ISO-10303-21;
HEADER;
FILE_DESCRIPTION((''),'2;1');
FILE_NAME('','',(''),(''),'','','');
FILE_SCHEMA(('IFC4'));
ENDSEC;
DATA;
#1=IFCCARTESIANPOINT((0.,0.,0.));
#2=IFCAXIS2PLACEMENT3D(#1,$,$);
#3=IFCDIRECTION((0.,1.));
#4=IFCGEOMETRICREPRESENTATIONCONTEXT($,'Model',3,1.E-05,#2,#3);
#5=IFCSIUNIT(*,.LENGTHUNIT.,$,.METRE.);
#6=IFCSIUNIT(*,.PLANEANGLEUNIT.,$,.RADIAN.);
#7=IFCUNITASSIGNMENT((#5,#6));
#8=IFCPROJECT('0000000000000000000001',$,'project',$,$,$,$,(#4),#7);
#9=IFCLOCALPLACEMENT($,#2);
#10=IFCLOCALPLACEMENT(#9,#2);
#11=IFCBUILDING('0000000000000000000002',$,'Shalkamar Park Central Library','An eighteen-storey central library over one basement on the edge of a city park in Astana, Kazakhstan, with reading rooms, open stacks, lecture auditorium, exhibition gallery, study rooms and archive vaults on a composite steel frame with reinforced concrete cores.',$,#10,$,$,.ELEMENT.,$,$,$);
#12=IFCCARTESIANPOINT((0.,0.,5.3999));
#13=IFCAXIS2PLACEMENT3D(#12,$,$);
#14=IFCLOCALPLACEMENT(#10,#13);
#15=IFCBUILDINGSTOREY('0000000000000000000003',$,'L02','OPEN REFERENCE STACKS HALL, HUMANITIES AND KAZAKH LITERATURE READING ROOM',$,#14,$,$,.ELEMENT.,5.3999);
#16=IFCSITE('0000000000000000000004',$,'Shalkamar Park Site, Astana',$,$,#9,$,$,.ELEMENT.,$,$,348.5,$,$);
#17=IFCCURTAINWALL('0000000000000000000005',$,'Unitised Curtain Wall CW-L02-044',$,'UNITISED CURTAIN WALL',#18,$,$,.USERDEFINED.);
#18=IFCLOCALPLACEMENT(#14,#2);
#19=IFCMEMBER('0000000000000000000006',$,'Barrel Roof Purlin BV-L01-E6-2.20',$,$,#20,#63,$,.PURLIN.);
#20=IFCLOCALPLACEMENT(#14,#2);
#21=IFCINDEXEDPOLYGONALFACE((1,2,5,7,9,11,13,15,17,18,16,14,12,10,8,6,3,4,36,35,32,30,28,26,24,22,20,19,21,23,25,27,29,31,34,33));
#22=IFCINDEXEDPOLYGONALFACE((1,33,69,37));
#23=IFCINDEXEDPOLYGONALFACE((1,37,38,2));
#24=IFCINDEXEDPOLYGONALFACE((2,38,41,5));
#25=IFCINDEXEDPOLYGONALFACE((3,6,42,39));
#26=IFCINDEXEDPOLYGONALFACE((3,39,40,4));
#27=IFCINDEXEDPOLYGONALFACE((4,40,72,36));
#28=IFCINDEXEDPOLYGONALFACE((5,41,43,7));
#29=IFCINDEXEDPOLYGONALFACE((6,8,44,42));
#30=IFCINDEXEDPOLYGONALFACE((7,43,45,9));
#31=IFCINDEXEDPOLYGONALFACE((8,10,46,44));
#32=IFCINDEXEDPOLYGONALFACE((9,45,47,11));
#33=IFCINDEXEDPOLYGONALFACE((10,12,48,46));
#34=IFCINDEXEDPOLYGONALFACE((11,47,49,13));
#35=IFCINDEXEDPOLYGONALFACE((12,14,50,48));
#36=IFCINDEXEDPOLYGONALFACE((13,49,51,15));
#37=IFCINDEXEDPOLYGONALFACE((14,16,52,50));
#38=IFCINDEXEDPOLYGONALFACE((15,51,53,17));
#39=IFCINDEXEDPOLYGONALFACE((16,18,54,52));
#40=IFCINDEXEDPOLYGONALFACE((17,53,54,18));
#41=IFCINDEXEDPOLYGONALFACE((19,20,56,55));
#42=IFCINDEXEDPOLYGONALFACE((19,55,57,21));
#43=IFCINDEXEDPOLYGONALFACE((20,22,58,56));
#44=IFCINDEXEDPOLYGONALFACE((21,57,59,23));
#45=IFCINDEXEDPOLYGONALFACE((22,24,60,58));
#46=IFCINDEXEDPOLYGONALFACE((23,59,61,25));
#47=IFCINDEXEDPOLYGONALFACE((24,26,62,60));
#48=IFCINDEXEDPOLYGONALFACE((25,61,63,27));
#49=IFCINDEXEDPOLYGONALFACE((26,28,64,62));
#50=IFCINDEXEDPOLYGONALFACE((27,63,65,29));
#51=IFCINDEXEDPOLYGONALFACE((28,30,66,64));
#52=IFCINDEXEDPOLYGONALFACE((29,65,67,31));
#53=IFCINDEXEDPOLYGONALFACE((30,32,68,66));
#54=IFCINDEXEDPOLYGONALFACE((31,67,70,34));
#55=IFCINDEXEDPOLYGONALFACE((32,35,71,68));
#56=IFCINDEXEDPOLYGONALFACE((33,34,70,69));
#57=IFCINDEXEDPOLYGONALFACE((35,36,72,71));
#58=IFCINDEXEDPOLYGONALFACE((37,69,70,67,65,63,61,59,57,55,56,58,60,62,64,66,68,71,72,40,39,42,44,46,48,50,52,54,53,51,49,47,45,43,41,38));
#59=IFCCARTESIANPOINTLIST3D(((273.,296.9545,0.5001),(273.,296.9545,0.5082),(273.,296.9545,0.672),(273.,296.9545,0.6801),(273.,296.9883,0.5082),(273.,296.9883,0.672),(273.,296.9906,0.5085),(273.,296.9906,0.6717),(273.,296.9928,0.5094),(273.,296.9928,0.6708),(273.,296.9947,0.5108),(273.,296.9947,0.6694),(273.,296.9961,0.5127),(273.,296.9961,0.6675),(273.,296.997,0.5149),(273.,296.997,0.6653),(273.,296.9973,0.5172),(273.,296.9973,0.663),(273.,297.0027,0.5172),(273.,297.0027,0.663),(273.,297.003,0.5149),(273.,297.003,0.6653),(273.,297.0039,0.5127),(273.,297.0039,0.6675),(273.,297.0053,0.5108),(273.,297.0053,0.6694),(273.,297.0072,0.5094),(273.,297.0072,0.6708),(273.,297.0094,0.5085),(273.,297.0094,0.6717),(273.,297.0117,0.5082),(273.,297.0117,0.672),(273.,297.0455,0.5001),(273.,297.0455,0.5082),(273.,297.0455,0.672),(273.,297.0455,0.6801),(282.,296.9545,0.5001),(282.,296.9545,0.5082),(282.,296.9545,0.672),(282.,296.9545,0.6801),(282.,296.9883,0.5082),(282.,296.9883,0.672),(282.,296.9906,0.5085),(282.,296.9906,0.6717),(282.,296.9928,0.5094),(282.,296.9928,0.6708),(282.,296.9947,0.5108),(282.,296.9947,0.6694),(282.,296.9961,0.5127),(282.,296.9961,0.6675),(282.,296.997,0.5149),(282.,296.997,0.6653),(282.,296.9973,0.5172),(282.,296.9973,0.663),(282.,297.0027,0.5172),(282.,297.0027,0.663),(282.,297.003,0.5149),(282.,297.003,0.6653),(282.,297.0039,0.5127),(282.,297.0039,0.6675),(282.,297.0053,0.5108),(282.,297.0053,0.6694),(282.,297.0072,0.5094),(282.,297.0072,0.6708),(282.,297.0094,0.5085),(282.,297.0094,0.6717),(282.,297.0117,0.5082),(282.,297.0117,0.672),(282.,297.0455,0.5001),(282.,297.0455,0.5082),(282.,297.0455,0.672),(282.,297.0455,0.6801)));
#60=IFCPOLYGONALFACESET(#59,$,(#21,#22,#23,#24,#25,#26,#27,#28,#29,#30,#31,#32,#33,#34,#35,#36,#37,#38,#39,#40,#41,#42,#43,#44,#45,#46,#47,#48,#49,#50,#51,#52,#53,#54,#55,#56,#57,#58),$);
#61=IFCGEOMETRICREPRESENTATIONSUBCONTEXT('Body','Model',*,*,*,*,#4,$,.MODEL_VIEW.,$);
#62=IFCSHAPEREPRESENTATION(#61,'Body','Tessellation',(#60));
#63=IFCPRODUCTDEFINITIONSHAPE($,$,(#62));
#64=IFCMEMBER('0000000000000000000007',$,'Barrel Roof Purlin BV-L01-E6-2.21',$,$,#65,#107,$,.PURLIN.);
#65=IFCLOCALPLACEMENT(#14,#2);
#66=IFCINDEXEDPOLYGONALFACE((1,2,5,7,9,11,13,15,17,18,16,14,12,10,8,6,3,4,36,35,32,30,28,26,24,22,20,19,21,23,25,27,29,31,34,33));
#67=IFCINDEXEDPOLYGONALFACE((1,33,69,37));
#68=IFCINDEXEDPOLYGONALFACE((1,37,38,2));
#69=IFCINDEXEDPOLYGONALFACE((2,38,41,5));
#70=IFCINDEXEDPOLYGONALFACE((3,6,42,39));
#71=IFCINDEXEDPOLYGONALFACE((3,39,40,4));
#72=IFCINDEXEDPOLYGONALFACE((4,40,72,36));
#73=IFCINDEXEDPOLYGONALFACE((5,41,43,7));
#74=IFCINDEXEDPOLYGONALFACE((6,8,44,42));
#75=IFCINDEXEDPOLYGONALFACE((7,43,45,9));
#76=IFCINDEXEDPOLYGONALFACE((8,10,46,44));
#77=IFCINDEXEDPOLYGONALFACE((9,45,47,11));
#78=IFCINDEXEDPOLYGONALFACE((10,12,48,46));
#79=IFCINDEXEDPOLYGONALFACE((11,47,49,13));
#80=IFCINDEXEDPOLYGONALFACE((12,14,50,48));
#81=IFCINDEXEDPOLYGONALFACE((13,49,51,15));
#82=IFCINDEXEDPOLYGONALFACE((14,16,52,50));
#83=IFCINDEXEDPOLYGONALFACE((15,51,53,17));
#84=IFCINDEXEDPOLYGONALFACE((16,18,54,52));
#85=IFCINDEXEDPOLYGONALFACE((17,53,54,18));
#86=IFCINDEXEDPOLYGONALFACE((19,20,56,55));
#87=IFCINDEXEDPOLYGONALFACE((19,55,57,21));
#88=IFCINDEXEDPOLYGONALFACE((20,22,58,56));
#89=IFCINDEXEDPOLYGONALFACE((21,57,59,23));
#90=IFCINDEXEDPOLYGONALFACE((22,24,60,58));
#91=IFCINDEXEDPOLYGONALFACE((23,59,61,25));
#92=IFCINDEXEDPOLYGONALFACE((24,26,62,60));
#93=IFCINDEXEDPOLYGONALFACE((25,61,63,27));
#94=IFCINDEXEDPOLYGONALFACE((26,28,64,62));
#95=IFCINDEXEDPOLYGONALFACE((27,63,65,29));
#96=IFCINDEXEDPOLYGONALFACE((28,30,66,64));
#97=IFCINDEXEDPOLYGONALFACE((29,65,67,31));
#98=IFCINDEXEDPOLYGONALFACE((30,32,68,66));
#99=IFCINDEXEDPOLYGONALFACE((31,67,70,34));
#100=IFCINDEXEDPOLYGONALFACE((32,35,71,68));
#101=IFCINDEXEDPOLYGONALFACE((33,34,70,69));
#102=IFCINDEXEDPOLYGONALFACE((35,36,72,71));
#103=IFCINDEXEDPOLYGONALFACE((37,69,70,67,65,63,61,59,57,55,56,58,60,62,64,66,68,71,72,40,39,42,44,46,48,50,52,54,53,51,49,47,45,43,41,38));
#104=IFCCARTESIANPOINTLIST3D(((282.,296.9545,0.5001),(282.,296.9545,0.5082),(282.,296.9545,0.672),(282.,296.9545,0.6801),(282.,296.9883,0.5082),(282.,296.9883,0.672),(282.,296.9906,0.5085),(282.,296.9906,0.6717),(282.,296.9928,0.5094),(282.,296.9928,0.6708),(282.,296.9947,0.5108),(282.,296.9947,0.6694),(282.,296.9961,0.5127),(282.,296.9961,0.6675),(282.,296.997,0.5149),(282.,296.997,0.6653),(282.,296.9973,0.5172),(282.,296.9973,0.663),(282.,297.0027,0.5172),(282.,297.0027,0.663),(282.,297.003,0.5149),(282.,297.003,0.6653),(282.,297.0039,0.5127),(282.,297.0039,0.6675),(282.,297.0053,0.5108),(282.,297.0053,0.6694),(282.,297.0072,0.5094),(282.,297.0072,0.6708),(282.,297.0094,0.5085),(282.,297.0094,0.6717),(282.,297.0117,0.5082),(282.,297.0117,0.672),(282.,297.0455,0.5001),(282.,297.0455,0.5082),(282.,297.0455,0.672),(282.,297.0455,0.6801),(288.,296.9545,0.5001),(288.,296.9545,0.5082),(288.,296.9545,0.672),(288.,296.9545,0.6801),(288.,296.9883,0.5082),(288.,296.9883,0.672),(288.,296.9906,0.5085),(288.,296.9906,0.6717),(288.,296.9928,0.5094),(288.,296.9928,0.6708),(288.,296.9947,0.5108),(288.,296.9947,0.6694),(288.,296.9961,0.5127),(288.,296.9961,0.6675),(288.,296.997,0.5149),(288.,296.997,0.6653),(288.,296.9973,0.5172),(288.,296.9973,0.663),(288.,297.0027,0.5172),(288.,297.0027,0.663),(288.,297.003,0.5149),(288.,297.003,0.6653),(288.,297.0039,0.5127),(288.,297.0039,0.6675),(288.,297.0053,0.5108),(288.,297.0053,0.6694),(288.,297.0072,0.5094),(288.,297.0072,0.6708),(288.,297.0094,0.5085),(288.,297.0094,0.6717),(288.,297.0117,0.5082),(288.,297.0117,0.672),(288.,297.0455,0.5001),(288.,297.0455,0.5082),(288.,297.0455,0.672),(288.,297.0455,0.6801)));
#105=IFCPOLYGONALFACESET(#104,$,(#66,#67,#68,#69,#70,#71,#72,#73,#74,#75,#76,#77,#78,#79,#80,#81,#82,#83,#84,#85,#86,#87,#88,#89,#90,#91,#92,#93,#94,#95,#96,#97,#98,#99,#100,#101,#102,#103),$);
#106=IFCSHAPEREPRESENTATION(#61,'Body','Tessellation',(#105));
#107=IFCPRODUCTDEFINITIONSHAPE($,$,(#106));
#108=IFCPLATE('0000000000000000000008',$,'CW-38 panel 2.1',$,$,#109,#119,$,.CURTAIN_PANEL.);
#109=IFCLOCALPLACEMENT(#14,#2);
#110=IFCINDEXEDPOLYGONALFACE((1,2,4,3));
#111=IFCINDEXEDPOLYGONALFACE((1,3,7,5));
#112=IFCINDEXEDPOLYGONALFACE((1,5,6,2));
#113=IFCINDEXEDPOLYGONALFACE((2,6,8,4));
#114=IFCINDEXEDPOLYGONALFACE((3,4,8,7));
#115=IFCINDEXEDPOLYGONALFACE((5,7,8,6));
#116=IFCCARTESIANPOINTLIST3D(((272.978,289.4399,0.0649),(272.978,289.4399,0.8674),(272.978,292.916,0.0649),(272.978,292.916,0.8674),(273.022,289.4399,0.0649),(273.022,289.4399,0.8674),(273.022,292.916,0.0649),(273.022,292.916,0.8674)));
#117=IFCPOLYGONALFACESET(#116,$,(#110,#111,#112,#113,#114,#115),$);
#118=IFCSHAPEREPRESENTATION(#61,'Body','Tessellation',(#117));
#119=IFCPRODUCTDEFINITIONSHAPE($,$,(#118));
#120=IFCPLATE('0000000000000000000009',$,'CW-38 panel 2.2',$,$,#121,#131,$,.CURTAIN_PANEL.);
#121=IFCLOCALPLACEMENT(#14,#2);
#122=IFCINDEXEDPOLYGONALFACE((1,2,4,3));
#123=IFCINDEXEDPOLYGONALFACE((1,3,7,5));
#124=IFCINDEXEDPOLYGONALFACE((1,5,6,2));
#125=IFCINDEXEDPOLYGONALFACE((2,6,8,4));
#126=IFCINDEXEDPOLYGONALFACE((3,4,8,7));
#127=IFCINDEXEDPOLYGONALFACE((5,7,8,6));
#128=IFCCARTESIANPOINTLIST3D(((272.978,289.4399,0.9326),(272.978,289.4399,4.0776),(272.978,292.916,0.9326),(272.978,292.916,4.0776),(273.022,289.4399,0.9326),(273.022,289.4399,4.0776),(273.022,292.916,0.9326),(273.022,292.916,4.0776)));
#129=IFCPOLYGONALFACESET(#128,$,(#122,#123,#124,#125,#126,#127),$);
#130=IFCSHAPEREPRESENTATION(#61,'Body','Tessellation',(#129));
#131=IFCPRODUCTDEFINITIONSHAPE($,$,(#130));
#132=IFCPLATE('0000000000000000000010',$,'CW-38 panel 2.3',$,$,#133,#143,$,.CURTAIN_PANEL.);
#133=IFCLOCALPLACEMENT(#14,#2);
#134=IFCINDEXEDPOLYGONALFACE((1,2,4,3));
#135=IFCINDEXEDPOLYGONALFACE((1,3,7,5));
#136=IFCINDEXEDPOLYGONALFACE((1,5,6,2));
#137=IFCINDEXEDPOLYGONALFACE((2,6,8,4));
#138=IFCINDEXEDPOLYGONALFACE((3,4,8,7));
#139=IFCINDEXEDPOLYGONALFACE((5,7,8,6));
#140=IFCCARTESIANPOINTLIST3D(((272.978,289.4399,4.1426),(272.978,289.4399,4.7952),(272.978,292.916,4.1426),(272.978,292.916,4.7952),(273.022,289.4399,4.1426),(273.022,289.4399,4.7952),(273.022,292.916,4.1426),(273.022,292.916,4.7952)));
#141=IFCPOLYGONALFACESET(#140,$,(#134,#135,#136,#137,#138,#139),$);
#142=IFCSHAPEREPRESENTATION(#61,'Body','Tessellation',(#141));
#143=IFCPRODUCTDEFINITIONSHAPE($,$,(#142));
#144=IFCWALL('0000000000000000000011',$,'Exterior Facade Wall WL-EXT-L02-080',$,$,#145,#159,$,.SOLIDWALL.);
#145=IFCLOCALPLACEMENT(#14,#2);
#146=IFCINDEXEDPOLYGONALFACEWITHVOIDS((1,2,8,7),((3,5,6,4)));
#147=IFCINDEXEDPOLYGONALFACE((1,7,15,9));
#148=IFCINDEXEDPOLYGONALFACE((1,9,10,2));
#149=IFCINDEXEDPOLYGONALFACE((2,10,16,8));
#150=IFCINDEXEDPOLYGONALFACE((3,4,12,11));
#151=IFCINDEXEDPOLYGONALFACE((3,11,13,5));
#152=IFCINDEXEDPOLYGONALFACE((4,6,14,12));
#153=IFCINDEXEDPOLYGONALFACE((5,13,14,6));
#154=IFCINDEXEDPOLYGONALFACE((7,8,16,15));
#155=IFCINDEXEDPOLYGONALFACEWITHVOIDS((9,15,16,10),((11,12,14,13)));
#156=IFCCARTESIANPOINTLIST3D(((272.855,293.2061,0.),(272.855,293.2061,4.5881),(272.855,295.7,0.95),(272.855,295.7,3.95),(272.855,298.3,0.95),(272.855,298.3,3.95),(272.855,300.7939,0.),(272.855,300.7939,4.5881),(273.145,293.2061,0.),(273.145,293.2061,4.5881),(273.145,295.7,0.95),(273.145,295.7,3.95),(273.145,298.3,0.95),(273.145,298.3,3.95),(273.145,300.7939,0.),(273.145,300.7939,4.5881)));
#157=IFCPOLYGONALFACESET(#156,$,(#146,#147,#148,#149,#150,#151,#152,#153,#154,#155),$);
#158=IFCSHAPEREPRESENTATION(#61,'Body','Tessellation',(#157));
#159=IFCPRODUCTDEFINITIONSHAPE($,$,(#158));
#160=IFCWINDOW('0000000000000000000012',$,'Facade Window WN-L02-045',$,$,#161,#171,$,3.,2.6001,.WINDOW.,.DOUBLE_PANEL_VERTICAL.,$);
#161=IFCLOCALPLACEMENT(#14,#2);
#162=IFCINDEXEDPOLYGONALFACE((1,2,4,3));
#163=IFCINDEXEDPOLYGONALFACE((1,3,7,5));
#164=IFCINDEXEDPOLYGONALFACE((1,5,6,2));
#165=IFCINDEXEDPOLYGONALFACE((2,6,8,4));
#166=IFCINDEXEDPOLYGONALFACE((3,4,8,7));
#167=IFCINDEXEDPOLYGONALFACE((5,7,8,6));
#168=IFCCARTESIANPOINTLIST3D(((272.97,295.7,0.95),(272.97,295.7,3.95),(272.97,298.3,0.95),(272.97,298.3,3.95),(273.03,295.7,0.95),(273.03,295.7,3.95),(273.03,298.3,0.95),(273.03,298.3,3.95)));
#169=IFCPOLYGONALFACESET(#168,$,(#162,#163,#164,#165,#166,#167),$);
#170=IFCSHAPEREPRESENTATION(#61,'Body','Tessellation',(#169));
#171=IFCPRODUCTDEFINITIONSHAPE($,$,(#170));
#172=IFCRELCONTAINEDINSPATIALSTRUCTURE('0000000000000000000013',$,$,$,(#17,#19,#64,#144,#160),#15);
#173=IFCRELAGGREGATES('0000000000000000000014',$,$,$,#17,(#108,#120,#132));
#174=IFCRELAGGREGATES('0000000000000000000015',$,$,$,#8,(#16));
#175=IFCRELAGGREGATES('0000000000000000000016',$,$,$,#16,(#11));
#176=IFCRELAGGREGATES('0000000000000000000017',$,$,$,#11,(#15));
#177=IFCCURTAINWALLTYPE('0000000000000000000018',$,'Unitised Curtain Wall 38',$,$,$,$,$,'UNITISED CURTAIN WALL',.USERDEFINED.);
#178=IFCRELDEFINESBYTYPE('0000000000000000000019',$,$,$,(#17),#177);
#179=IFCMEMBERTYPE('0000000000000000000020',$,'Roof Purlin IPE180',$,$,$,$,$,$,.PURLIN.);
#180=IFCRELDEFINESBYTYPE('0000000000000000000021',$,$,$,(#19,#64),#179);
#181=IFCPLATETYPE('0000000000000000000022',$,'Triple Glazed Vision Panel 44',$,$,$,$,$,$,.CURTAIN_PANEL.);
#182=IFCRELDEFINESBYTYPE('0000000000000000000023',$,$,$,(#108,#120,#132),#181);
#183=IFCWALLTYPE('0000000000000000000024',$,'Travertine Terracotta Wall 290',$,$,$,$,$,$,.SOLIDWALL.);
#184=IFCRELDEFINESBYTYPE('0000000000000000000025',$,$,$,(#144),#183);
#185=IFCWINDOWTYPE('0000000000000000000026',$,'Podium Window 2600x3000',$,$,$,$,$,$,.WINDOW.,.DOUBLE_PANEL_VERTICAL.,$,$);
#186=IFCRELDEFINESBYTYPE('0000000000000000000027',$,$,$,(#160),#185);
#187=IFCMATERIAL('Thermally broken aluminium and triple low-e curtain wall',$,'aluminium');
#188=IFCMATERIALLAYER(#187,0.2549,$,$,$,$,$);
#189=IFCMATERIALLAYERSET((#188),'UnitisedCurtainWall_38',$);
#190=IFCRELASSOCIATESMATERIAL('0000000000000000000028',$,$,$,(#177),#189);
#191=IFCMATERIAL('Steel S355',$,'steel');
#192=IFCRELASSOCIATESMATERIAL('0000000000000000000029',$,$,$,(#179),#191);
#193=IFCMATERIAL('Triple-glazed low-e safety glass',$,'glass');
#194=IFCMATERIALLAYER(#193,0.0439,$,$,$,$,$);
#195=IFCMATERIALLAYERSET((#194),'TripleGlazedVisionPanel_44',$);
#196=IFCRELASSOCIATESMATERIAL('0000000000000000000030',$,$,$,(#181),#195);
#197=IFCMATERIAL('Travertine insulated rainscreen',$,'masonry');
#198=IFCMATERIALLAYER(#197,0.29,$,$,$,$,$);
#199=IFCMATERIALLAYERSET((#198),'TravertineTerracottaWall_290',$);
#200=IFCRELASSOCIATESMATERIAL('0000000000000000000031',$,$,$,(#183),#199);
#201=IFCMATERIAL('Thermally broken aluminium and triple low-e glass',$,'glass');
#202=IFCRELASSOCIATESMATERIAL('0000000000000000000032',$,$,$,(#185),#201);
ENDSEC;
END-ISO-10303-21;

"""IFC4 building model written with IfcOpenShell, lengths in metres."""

from ifc_helpers import new_model, si_unit, direction, frame, frame_2d, origin, origin_2d, place, context, subcontext, project, spatial, rectangle, i_section, extrude, material, layer, layer_set, material_profile, profile_set, type_object, element, fill, aggregate, save


model = new_model("IFC4")

# Units and contexts
model_context = context("Model", 3, precision=1e-05, world=origin(), true_north=direction((0.0, 1.0)))
body_context = subcontext(model_context, "Body", "Model", "MODEL_VIEW")
ifc_project = project(units=[si_unit("LENGTHUNIT", "METRE"), si_unit("PLANEANGLEUNIT", "RADIAN")], contexts=[model_context])

# Site, building, storey
site_placement = place(None, origin())
site = spatial("IfcSite", under=ifc_project, at=site_placement, Name="Shalkamar Park Site, Astana", CompositionType="ELEMENT", RefElevation=348.5)
building_placement = place(site_placement, origin())
building = spatial("IfcBuilding", under=site, at=building_placement, Name="Shalkamar Park Central Library", Description="An eighteen-storey central library over one basement on the edge of a city park in Astana, Kazakhstan, with reading rooms, open stacks, lecture auditorium, exhibition gallery, study rooms and archive vaults on a composite steel frame with reinforced concrete cores.", CompositionType="ELEMENT")
storey_placement = place(building_placement, frame((0.0, 0.0, 5.3999)))
storey = spatial("IfcBuildingStorey", under=building, at=storey_placement, Name="L02", Description="OPEN REFERENCE STACKS HALL, HUMANITIES AND KAZAKH LITERATURE READING ROOM", CompositionType="ELEMENT", Elevation=5.3999)

# Shared definitions
ifc_material_1 = material(Name="Steel S355", Category="steel")

# Curtain wall
ifc_material_2 = material(Name="Thermally broken aluminium and triple low-e curtain wall", Category="aluminium")
ifc_layer_1 = layer(ifc_material_2, 0.2549)
ifc_layer_set_1 = layer_set([ifc_layer_1], Name="UnitisedCurtainWall_38")
curtain_wall_type = type_object("IfcCurtainWallType", Name="Unitised Curtain Wall 38", ElementType="UNITISED CURTAIN WALL", PredefinedType="USERDEFINED", material=ifc_layer_set_1)
curtain_wall_placement = place(storey_placement, origin())
curtain_wall = element("IfcCurtainWall", 1, at=curtain_wall_placement, inside=storey, type_object=curtain_wall_type, Name="Unitised Curtain Wall CW-L02-044", ObjectType="UNITISED CURTAIN WALL", PredefinedType="USERDEFINED")

# Members
ifc_material_profile_1 = material_profile(ifc_material_1, i_section(OverallWidth=0.0911, OverallDepth=0.1799, WebThickness=0.0054, FlangeThickness=0.0081, FilletRadius=0.009, at=origin_2d()), Name="IPE 180")
ifc_profile_set_1 = profile_set([ifc_material_profile_1], Name="Steel S355")
member_type_1 = type_object("IfcMemberType", Name="Roof Purlin IPE180", PredefinedType="PURLIN", material=ifc_profile_set_1)
member_1_placement = place(storey_placement, frame((273.0, 297.0, 0.5901), z_axis=(1.0, 0.0, 0.0), x_axis=(0.0, 1.0, 0.0)))
element("IfcMember", 2, at=member_1_placement, inside=storey, type_object=member_type_1, Name="Barrel Roof Purlin BV-L01-E6-2.20", PredefinedType="PURLIN", context=body_context, shape_type="SweptSolid", body=[
    extrude(i_section(OverallWidth=0.0911, OverallDepth=0.1799, WebThickness=0.0054, FlangeThickness=0.0081, FilletRadius=0.009, at=origin_2d()), origin(), (0.0, 0.0, 1.0), 9.0),
])
member_2_placement = place(storey_placement, frame((282.0, 297.0, 0.5901), z_axis=(1.0, 0.0, 0.0), x_axis=(0.0, 1.0, 0.0)))
element("IfcMember", 3, at=member_2_placement, inside=storey, type_object=member_type_1, Name="Barrel Roof Purlin BV-L01-E6-2.21", PredefinedType="PURLIN", context=body_context, shape_type="SweptSolid", body=[
    extrude(i_section(OverallWidth=0.0911, OverallDepth=0.1799, WebThickness=0.0054, FlangeThickness=0.0081, FilletRadius=0.009, at=origin_2d()), origin(), (0.0, 0.0, 1.0), 6.0),
])

# Plates
ifc_material_3 = material(Name="Triple-glazed low-e safety glass", Category="glass")
ifc_layer_2 = layer(ifc_material_3, 0.0439)
ifc_layer_set_2 = layer_set([ifc_layer_2], Name="TripleGlazedVisionPanel_44")
plate_type = type_object("IfcPlateType", Name="Triple Glazed Vision Panel 44", PredefinedType="CURTAIN_PANEL", material=ifc_layer_set_2)
plate_1_placement = place(storey_placement, frame((273.0, 291.178, 0.0649), z_axis=(0.0, 0.0, 1.0), x_axis=(0.0, 1.0, 0.0)))
plate_1 = element("IfcPlate", 4, at=plate_1_placement, type_object=plate_type, Name="CW-38 panel 2.1", PredefinedType="CURTAIN_PANEL", context=body_context, shape_type="SweptSolid", body=[
    extrude(rectangle(XDim=3.4761, YDim=0.0439, at=origin_2d()), origin(), (0.0, 0.0, 1.0), 0.8025),
])
plate_2_placement = place(storey_placement, frame((273.0, 291.178, 0.9326), z_axis=(0.0, 0.0, 1.0), x_axis=(0.0, 1.0, 0.0)))
plate_2 = element("IfcPlate", 5, at=plate_2_placement, type_object=plate_type, Name="CW-38 panel 2.2", PredefinedType="CURTAIN_PANEL", context=body_context, shape_type="SweptSolid", body=[
    extrude(rectangle(XDim=3.4761, YDim=0.0439, at=origin_2d()), origin(), (0.0, 0.0, 1.0), 3.145),
])
plate_3_placement = place(storey_placement, frame((273.0, 291.178, 4.1426), z_axis=(0.0, 0.0, 1.0), x_axis=(0.0, 1.0, 0.0)))
plate_3 = element("IfcPlate", 6, at=plate_3_placement, type_object=plate_type, Name="CW-38 panel 2.3", PredefinedType="CURTAIN_PANEL", context=body_context, shape_type="SweptSolid", body=[
    extrude(rectangle(XDim=3.4761, YDim=0.0439, at=origin_2d()), origin(), (0.0, 0.0, 1.0), 0.6526),
])
aggregate(curtain_wall, [plate_1, plate_2, plate_3])

# Wall, opening, window
ifc_material_4 = material(Name="Travertine insulated rainscreen", Category="masonry")
ifc_layer_3 = layer(ifc_material_4, 0.29)
ifc_layer_set_3 = layer_set([ifc_layer_3], Name="TravertineTerracottaWall_290")
wall_type = type_object("IfcWallType", Name="Travertine Terracotta Wall 290", PredefinedType="SOLIDWALL", material=ifc_layer_set_3)
wall_placement = place(storey_placement, frame((273.0, 293.2061, 0.0), z_axis=(0.0, 0.0, 1.0), x_axis=(0.0, 1.0, 0.0)))
wall = element("IfcWall", 7, at=wall_placement, inside=storey, type_object=wall_type, Name="Exterior Facade Wall WL-EXT-L02-080", PredefinedType="SOLIDWALL", context=body_context, shape_type="SweptSolid", body=[
    extrude(rectangle(XDim=7.5879, YDim=0.29, at=frame_2d((3.7939, 0.0))), origin(), (0.0, 0.0, 1.0), 4.5881),
])
opening_placement = place(wall_placement, frame((2.4939, 0.0, 0.95)))
opening = element("IfcOpeningElement", 8, at=opening_placement, cuts=wall, PredefinedType="OPENING", context=body_context, shape_type="SweptSolid", body=[
    extrude(rectangle(XDim=2.6001, YDim=3.0, at=frame_2d((1.3, 1.5))), frame((0.0, 0.1599, 0.0), z_axis=(0.0, -1.0, 0.0), x_axis=(1.0, 0.0, 0.0)), (0.0, 0.0, 1.0), 0.3198),
])
ifc_material_5 = material(Name="Thermally broken aluminium and triple low-e glass", Category="glass")
window_type = type_object("IfcWindowType", Name="Podium Window 2600x3000", PartitioningType="DOUBLE_PANEL_VERTICAL", PredefinedType="WINDOW", material=ifc_material_5)
window_placement = place(opening_placement, origin())
window = element("IfcWindow", 9, at=window_placement, inside=storey, type_object=window_type, Name="Facade Window WN-L02-045", OverallHeight=3.0, OverallWidth=2.6001, PartitioningType="DOUBLE_PANEL_VERTICAL", PredefinedType="WINDOW", context=body_context, shape_type="SweptSolid", body=[
    extrude(rectangle(XDim=2.6001, YDim=3.0, at=frame_2d((1.3, 1.5))), frame((0.0, 0.03, 0.0), z_axis=(0.0, -1.0, 0.0), x_axis=(1.0, 0.0, 0.0)), (0.0, 0.0, 1.0), 0.0601),
])
fill(opening, window)

save(model, "model.ifc")
